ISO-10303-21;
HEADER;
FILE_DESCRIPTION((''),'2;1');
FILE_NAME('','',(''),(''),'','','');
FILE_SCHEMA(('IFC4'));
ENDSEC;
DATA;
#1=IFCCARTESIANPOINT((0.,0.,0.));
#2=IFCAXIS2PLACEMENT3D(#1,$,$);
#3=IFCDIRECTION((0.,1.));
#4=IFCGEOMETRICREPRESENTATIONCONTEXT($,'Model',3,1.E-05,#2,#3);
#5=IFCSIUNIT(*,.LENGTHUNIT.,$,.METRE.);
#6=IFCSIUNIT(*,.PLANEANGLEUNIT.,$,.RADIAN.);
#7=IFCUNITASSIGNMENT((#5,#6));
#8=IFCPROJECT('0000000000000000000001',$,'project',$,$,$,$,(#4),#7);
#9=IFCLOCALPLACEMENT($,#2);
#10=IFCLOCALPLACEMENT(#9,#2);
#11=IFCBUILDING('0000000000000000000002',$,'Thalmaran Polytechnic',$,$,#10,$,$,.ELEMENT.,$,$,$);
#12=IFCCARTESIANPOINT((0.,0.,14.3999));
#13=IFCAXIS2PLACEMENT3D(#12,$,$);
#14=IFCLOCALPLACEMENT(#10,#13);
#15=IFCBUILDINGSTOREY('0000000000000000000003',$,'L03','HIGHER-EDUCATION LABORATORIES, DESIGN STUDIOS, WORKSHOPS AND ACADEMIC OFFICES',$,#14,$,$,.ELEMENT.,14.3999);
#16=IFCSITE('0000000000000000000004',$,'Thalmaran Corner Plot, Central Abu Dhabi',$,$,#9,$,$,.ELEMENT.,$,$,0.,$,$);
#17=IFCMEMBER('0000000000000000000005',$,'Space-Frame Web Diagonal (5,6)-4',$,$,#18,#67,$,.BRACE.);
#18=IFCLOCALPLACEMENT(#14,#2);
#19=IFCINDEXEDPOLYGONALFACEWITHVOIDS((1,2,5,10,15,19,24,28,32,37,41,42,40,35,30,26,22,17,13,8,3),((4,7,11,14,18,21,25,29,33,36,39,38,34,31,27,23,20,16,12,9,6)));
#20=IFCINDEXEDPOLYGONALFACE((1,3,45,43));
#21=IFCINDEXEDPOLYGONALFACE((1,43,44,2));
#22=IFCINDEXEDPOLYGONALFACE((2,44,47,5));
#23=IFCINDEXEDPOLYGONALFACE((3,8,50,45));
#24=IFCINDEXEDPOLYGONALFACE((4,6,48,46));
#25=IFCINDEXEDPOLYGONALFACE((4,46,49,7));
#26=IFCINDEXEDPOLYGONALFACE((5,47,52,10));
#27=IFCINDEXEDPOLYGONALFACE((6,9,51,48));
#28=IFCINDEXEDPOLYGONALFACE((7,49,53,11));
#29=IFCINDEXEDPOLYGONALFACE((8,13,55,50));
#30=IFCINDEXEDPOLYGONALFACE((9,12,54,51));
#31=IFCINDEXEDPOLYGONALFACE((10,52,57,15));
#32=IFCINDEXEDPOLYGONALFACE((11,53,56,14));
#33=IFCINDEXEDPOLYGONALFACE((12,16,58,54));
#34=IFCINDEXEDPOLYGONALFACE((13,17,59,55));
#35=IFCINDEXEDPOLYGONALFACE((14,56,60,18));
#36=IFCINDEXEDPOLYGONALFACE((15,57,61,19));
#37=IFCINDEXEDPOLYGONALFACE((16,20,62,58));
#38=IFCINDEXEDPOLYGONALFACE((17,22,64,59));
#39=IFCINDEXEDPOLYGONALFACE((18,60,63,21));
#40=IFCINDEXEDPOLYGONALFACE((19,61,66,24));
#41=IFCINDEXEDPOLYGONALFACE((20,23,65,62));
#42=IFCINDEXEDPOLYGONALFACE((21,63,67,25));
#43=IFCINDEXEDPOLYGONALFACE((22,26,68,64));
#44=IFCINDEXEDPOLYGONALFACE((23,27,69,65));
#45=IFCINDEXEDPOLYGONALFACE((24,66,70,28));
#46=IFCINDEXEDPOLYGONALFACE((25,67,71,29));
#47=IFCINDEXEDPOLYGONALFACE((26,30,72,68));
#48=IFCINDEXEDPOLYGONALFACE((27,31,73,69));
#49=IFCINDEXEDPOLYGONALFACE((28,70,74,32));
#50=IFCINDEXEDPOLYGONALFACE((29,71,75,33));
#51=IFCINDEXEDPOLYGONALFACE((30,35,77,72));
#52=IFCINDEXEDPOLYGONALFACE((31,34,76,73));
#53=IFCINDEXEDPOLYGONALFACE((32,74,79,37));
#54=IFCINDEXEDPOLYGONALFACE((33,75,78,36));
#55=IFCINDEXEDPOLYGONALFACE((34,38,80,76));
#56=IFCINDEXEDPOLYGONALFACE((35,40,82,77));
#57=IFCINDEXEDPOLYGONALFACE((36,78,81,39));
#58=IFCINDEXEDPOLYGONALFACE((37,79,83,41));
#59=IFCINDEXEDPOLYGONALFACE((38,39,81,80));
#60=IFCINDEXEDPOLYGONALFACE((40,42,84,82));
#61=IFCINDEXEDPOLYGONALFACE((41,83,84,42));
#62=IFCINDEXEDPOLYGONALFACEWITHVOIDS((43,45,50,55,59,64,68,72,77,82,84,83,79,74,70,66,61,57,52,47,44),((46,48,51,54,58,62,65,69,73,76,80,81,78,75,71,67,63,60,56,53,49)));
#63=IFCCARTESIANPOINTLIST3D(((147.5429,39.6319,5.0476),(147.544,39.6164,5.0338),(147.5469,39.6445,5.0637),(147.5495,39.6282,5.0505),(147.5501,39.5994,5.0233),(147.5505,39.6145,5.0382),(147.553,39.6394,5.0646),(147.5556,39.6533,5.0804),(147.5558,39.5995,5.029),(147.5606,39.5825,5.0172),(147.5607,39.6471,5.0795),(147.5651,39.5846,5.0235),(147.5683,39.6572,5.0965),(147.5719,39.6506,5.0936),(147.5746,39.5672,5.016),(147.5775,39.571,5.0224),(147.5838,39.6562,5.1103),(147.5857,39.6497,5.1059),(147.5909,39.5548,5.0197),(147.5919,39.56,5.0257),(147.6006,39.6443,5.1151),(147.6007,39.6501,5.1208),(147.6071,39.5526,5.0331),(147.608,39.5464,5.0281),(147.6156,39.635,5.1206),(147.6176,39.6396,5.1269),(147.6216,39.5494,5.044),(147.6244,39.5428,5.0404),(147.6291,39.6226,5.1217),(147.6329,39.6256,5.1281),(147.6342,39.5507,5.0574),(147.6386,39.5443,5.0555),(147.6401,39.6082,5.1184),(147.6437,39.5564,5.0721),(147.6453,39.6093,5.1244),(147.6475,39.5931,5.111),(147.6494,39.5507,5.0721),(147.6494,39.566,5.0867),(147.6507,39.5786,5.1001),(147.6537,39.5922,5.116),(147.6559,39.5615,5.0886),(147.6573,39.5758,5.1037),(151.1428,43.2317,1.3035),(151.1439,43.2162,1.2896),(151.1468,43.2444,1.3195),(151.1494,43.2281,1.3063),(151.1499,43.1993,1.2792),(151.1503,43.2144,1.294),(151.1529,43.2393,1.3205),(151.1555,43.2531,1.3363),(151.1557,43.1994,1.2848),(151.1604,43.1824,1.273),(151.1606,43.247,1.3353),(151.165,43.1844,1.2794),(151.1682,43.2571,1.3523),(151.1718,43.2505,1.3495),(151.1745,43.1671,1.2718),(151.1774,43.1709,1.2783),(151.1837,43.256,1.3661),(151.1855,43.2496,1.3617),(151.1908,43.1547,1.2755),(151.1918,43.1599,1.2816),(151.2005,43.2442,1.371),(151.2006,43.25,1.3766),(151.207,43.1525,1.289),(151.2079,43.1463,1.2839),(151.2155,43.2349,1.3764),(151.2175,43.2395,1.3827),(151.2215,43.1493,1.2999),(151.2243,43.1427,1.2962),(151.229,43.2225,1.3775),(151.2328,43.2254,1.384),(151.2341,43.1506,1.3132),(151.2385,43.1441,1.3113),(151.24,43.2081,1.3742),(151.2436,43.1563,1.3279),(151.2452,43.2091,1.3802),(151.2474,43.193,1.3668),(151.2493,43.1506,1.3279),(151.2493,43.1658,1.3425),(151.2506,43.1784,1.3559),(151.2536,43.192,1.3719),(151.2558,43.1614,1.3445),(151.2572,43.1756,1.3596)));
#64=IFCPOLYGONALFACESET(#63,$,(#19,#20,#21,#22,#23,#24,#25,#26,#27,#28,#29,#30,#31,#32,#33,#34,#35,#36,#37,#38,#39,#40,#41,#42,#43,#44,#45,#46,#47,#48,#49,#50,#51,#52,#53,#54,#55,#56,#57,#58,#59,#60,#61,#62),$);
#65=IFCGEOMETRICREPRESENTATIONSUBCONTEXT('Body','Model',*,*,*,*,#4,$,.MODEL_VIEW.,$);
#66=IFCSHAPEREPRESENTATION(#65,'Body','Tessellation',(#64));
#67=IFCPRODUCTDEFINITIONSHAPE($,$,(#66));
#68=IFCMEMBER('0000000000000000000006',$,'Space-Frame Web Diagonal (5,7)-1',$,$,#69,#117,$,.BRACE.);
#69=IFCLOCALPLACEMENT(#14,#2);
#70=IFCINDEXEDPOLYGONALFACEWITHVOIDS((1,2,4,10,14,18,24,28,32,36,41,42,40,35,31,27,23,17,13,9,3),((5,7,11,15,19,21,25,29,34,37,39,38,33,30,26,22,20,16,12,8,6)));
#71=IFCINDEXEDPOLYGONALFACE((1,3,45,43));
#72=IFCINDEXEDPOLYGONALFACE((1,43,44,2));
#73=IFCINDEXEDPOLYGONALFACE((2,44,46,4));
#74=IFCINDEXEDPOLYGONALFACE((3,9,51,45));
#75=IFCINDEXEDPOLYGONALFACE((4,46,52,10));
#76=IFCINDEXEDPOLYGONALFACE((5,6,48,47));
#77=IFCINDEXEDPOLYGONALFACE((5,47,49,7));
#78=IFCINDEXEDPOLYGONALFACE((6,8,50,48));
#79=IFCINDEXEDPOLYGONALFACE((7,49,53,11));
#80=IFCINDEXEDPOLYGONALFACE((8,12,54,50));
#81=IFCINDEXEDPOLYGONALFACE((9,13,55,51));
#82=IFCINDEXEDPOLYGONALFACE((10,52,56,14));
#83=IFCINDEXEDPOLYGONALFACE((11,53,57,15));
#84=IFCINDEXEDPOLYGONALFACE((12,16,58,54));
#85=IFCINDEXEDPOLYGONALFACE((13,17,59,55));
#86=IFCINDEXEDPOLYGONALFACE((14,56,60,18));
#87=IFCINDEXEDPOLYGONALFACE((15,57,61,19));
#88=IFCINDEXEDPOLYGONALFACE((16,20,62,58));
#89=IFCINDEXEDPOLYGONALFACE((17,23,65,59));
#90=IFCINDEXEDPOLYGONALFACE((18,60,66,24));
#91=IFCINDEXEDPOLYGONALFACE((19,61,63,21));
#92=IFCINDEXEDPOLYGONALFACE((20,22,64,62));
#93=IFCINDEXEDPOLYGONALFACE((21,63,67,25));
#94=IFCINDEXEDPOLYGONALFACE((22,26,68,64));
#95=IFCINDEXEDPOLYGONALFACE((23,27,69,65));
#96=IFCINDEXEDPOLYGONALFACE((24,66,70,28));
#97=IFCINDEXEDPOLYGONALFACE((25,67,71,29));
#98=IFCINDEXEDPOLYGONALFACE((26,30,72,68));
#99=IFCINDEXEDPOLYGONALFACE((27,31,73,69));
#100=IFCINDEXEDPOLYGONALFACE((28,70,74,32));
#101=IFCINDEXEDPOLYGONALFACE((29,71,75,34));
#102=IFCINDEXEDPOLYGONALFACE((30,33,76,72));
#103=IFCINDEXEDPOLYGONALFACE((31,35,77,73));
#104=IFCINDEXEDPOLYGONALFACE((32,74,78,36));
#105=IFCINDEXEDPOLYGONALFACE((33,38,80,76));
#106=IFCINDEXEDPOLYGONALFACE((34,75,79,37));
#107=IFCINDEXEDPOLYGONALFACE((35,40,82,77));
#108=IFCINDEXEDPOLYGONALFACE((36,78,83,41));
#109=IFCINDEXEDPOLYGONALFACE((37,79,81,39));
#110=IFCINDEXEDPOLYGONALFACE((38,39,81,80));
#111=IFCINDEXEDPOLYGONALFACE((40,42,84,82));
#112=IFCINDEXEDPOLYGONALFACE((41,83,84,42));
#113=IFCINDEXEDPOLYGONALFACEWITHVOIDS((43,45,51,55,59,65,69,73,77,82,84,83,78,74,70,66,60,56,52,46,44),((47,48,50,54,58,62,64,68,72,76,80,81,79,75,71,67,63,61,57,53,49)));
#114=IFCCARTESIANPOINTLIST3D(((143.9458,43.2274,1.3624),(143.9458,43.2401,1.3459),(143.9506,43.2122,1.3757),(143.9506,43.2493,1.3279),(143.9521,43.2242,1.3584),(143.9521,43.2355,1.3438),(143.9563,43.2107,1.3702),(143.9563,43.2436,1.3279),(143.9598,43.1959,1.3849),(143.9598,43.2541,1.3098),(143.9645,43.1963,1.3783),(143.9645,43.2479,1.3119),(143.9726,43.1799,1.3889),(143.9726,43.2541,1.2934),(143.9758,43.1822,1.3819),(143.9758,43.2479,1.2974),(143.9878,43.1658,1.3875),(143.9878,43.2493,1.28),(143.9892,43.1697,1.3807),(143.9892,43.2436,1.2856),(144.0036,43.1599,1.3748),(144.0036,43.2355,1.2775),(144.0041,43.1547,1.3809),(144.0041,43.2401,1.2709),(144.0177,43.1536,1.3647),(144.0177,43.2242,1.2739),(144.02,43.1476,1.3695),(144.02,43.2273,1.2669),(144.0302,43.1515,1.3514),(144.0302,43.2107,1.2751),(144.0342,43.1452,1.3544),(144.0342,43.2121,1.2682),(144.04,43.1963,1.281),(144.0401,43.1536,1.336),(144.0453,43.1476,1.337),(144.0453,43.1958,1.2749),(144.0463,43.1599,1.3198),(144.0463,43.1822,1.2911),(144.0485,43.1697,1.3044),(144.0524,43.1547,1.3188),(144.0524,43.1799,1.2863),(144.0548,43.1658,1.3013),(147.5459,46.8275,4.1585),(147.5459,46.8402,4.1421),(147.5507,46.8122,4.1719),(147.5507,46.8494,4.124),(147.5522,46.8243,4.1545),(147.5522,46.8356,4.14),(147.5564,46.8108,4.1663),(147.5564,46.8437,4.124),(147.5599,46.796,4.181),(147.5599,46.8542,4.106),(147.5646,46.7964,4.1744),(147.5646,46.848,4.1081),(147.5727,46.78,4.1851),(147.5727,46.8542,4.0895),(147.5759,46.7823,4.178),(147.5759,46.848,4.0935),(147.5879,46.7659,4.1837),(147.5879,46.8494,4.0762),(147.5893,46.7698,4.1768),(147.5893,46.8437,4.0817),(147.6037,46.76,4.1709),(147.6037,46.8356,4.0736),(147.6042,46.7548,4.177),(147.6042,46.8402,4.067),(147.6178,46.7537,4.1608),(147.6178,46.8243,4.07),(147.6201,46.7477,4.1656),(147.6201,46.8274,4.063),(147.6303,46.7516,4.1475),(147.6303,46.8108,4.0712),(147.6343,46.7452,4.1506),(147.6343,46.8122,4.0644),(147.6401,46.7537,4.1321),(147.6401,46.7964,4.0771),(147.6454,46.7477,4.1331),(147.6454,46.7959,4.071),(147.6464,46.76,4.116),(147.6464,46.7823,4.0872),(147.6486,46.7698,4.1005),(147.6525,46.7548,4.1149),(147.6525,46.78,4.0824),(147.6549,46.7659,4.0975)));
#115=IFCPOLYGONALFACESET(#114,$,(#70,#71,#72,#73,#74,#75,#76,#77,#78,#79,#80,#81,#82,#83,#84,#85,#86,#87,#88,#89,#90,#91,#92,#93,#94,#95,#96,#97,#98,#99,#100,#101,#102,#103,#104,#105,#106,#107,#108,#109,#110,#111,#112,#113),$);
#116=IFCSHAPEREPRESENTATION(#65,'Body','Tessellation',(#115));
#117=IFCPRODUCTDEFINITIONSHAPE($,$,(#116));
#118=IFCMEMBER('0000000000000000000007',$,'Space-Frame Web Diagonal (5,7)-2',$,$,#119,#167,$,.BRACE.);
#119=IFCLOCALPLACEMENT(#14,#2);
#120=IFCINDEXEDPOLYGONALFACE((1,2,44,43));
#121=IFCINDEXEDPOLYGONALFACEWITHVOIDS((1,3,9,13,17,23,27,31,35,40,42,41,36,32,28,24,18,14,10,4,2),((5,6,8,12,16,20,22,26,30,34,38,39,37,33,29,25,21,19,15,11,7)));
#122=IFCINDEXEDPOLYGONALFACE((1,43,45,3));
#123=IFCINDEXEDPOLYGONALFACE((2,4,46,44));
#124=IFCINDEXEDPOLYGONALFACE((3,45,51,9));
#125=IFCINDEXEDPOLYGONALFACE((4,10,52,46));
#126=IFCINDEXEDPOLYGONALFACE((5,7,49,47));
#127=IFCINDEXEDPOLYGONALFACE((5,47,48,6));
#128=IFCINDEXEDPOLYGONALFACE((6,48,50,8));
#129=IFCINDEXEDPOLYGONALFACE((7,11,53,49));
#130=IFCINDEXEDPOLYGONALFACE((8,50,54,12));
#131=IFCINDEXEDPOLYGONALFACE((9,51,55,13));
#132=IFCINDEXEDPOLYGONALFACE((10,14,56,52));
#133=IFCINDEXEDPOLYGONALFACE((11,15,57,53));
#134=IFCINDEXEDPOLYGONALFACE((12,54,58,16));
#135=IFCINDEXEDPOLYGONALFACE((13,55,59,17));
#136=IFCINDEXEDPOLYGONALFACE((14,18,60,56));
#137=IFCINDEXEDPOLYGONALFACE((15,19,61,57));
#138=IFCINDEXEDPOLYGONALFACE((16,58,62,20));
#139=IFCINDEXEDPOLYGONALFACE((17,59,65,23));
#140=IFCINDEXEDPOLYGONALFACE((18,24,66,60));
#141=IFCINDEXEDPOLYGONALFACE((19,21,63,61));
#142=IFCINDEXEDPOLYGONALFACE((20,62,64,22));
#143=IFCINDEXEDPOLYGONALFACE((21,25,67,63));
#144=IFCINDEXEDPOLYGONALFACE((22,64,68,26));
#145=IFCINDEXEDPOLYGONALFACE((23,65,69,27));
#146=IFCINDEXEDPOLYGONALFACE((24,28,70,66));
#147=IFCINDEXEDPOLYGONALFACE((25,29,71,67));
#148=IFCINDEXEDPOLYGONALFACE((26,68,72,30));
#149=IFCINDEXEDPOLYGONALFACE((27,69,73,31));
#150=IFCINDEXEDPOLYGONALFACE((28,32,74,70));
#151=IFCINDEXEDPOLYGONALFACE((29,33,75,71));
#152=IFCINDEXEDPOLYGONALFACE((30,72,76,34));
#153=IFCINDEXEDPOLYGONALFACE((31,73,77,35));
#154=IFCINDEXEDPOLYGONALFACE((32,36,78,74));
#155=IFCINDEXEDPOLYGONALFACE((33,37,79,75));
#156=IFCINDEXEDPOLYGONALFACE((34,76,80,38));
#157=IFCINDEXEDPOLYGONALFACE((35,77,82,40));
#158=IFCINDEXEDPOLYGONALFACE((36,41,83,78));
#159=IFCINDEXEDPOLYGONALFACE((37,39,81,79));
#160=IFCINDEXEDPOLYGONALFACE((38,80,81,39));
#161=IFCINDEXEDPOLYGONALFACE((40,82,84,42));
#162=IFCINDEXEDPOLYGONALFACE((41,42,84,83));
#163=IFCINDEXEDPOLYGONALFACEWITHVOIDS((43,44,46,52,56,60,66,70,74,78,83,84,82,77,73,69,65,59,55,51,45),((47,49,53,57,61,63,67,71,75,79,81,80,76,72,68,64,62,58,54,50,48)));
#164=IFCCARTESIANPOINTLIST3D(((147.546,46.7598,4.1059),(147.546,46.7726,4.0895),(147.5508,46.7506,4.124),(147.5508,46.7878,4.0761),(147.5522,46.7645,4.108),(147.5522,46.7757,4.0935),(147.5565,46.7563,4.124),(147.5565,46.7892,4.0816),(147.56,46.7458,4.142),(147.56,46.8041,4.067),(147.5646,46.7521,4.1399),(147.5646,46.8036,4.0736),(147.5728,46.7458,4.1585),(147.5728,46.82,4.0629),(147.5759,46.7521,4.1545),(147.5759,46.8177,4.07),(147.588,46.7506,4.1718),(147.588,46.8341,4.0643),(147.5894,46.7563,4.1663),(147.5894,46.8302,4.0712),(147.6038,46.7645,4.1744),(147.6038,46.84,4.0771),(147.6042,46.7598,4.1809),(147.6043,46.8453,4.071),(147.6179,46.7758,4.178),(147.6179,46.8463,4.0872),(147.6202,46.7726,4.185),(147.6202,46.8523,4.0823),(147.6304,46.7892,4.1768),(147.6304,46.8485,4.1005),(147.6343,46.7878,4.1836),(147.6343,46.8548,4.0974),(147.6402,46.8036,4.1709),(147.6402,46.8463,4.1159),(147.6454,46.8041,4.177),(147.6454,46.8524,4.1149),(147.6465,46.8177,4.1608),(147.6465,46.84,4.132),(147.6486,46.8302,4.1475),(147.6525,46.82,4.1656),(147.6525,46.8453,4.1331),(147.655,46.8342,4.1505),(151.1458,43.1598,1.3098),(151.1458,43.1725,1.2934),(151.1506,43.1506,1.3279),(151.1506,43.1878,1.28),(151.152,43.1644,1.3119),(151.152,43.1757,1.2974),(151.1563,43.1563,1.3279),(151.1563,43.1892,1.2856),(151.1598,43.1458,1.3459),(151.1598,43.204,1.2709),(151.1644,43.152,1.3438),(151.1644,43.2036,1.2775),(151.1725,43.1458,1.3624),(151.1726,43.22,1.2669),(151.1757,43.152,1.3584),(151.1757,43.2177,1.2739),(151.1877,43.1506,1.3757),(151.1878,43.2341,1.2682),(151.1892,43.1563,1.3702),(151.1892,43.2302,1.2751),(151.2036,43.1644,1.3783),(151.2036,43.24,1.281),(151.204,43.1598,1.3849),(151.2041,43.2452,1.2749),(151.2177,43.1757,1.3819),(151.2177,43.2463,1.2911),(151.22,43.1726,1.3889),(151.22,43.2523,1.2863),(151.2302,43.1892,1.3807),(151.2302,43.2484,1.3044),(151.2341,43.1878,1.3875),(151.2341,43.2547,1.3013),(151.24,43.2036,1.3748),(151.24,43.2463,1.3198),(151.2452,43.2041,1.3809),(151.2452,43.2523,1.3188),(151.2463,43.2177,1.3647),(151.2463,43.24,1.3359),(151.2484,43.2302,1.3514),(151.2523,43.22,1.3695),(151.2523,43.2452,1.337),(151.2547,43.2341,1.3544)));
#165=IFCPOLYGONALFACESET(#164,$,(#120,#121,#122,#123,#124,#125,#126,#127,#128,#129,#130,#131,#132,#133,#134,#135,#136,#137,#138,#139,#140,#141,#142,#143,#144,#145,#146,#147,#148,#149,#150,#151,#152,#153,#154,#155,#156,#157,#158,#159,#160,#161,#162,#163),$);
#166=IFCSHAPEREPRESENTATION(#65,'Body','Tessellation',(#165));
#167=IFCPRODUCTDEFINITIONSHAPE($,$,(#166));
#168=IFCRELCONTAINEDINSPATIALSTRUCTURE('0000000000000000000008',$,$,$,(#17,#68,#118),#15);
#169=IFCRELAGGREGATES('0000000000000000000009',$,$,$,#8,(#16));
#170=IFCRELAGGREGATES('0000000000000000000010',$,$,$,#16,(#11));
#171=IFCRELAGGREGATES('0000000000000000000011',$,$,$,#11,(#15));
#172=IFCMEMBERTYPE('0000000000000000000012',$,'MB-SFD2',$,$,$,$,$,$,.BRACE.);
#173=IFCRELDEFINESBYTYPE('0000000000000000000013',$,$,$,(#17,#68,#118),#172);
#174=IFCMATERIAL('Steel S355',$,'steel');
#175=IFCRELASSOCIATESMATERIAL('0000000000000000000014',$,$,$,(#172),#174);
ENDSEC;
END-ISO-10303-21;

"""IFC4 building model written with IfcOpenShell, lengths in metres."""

from ifc_helpers import new_model, si_unit, direction, frame, origin, origin_2d, place, context, subcontext, project, spatial, hollow_circle, extrude, material, material_profile, profile_set, type_object, element, save


model = new_model("IFC4")

# Units and contexts
model_context = context("Model", 3, precision=1e-05, world=origin(), true_north=direction((0.0, 1.0)))
body_context = subcontext(model_context, "Body", "Model", "MODEL_VIEW")
ifc_project = project(units=[si_unit("LENGTHUNIT", "METRE"), si_unit("PLANEANGLEUNIT", "RADIAN")], contexts=[model_context])

# Site, building, storey
site_placement = place(None, origin())
site = spatial("IfcSite", under=ifc_project, at=site_placement, Name="Thalmaran Corner Plot, Central Abu Dhabi", CompositionType="ELEMENT", RefElevation=0.0)
building_placement = place(site_placement, origin())
building = spatial("IfcBuilding", under=site, at=building_placement, Name="Thalmaran Polytechnic", CompositionType="ELEMENT")
storey_placement = place(building_placement, frame((0.0, 0.0, 14.3999)))
storey = spatial("IfcBuildingStorey", under=building, at=storey_placement, Name="L03", Description="HIGHER-EDUCATION LABORATORIES, DESIGN STUDIOS, WORKSHOPS AND ACADEMIC OFFICES", CompositionType="ELEMENT", Elevation=14.3999)

# Shared definitions
ifc_material_1 = material(Name="Steel S355", Category="steel")

# Members
ifc_material_profile_1 = material_profile(ifc_material_1, hollow_circle(Radius=0.0698, WallThickness=0.0081, at=origin_2d()), Name="CHS 139.7x8.0")
ifc_profile_set_1 = profile_set([ifc_material_profile_1], Name="Steel S355")
member_type_1 = type_object("IfcMemberType", Name="MB-SFD2", PredefinedType="BRACE", material=ifc_profile_set_1)
for number, where, z_axis, x_axis, name in (
    (1, (151.2, 43.2, 1.3279), (-0.569639, -0.569639, 0.592471), (0.707107, -0.707107, 0.0), "Space-Frame Web Diagonal (5,6)-4"),
):
    element("IfcMember", number, at=place(storey_placement, frame(where, z_axis=z_axis, x_axis=x_axis)), inside=storey, type_object=member_type_1, Name=name, PredefinedType="BRACE", context=body_context, shape_type="SweptSolid", body=[
        extrude(hollow_circle(Radius=0.0698, WallThickness=0.0081, at=origin_2d()), origin(), (0.0, 0.0, 1.0), 6.3196),
    ])
member_1_placement = place(storey_placement, frame((144.0, 43.2, 1.3279), z_axis=(0.619788, 0.619788, 0.48138), x_axis=(-0.707107, 0.707107, 0.0)))
element("IfcMember", 2, at=member_1_placement, inside=storey, type_object=member_type_1, Name="Space-Frame Web Diagonal (5,7)-1", PredefinedType="BRACE", context=body_context, shape_type="SweptSolid", body=[
    extrude(hollow_circle(Radius=0.0698, WallThickness=0.0081, at=origin_2d()), origin(), (0.0, 0.0, 1.0), 5.8086),
])
member_2_placement = place(storey_placement, frame((151.2, 43.2, 1.3279), z_axis=(-0.619762, 0.619804, 0.481392), x_axis=(-0.707131, -0.707083, 0.0)))
element("IfcMember", 3, at=member_2_placement, inside=storey, type_object=member_type_1, Name="Space-Frame Web Diagonal (5,7)-2", PredefinedType="BRACE", context=body_context, shape_type="SweptSolid", body=[
    extrude(hollow_circle(Radius=0.0698, WallThickness=0.0081, at=origin_2d()), origin(), (0.0, 0.0, 1.0), 5.8083),
])

save(model, "model.ifc")
